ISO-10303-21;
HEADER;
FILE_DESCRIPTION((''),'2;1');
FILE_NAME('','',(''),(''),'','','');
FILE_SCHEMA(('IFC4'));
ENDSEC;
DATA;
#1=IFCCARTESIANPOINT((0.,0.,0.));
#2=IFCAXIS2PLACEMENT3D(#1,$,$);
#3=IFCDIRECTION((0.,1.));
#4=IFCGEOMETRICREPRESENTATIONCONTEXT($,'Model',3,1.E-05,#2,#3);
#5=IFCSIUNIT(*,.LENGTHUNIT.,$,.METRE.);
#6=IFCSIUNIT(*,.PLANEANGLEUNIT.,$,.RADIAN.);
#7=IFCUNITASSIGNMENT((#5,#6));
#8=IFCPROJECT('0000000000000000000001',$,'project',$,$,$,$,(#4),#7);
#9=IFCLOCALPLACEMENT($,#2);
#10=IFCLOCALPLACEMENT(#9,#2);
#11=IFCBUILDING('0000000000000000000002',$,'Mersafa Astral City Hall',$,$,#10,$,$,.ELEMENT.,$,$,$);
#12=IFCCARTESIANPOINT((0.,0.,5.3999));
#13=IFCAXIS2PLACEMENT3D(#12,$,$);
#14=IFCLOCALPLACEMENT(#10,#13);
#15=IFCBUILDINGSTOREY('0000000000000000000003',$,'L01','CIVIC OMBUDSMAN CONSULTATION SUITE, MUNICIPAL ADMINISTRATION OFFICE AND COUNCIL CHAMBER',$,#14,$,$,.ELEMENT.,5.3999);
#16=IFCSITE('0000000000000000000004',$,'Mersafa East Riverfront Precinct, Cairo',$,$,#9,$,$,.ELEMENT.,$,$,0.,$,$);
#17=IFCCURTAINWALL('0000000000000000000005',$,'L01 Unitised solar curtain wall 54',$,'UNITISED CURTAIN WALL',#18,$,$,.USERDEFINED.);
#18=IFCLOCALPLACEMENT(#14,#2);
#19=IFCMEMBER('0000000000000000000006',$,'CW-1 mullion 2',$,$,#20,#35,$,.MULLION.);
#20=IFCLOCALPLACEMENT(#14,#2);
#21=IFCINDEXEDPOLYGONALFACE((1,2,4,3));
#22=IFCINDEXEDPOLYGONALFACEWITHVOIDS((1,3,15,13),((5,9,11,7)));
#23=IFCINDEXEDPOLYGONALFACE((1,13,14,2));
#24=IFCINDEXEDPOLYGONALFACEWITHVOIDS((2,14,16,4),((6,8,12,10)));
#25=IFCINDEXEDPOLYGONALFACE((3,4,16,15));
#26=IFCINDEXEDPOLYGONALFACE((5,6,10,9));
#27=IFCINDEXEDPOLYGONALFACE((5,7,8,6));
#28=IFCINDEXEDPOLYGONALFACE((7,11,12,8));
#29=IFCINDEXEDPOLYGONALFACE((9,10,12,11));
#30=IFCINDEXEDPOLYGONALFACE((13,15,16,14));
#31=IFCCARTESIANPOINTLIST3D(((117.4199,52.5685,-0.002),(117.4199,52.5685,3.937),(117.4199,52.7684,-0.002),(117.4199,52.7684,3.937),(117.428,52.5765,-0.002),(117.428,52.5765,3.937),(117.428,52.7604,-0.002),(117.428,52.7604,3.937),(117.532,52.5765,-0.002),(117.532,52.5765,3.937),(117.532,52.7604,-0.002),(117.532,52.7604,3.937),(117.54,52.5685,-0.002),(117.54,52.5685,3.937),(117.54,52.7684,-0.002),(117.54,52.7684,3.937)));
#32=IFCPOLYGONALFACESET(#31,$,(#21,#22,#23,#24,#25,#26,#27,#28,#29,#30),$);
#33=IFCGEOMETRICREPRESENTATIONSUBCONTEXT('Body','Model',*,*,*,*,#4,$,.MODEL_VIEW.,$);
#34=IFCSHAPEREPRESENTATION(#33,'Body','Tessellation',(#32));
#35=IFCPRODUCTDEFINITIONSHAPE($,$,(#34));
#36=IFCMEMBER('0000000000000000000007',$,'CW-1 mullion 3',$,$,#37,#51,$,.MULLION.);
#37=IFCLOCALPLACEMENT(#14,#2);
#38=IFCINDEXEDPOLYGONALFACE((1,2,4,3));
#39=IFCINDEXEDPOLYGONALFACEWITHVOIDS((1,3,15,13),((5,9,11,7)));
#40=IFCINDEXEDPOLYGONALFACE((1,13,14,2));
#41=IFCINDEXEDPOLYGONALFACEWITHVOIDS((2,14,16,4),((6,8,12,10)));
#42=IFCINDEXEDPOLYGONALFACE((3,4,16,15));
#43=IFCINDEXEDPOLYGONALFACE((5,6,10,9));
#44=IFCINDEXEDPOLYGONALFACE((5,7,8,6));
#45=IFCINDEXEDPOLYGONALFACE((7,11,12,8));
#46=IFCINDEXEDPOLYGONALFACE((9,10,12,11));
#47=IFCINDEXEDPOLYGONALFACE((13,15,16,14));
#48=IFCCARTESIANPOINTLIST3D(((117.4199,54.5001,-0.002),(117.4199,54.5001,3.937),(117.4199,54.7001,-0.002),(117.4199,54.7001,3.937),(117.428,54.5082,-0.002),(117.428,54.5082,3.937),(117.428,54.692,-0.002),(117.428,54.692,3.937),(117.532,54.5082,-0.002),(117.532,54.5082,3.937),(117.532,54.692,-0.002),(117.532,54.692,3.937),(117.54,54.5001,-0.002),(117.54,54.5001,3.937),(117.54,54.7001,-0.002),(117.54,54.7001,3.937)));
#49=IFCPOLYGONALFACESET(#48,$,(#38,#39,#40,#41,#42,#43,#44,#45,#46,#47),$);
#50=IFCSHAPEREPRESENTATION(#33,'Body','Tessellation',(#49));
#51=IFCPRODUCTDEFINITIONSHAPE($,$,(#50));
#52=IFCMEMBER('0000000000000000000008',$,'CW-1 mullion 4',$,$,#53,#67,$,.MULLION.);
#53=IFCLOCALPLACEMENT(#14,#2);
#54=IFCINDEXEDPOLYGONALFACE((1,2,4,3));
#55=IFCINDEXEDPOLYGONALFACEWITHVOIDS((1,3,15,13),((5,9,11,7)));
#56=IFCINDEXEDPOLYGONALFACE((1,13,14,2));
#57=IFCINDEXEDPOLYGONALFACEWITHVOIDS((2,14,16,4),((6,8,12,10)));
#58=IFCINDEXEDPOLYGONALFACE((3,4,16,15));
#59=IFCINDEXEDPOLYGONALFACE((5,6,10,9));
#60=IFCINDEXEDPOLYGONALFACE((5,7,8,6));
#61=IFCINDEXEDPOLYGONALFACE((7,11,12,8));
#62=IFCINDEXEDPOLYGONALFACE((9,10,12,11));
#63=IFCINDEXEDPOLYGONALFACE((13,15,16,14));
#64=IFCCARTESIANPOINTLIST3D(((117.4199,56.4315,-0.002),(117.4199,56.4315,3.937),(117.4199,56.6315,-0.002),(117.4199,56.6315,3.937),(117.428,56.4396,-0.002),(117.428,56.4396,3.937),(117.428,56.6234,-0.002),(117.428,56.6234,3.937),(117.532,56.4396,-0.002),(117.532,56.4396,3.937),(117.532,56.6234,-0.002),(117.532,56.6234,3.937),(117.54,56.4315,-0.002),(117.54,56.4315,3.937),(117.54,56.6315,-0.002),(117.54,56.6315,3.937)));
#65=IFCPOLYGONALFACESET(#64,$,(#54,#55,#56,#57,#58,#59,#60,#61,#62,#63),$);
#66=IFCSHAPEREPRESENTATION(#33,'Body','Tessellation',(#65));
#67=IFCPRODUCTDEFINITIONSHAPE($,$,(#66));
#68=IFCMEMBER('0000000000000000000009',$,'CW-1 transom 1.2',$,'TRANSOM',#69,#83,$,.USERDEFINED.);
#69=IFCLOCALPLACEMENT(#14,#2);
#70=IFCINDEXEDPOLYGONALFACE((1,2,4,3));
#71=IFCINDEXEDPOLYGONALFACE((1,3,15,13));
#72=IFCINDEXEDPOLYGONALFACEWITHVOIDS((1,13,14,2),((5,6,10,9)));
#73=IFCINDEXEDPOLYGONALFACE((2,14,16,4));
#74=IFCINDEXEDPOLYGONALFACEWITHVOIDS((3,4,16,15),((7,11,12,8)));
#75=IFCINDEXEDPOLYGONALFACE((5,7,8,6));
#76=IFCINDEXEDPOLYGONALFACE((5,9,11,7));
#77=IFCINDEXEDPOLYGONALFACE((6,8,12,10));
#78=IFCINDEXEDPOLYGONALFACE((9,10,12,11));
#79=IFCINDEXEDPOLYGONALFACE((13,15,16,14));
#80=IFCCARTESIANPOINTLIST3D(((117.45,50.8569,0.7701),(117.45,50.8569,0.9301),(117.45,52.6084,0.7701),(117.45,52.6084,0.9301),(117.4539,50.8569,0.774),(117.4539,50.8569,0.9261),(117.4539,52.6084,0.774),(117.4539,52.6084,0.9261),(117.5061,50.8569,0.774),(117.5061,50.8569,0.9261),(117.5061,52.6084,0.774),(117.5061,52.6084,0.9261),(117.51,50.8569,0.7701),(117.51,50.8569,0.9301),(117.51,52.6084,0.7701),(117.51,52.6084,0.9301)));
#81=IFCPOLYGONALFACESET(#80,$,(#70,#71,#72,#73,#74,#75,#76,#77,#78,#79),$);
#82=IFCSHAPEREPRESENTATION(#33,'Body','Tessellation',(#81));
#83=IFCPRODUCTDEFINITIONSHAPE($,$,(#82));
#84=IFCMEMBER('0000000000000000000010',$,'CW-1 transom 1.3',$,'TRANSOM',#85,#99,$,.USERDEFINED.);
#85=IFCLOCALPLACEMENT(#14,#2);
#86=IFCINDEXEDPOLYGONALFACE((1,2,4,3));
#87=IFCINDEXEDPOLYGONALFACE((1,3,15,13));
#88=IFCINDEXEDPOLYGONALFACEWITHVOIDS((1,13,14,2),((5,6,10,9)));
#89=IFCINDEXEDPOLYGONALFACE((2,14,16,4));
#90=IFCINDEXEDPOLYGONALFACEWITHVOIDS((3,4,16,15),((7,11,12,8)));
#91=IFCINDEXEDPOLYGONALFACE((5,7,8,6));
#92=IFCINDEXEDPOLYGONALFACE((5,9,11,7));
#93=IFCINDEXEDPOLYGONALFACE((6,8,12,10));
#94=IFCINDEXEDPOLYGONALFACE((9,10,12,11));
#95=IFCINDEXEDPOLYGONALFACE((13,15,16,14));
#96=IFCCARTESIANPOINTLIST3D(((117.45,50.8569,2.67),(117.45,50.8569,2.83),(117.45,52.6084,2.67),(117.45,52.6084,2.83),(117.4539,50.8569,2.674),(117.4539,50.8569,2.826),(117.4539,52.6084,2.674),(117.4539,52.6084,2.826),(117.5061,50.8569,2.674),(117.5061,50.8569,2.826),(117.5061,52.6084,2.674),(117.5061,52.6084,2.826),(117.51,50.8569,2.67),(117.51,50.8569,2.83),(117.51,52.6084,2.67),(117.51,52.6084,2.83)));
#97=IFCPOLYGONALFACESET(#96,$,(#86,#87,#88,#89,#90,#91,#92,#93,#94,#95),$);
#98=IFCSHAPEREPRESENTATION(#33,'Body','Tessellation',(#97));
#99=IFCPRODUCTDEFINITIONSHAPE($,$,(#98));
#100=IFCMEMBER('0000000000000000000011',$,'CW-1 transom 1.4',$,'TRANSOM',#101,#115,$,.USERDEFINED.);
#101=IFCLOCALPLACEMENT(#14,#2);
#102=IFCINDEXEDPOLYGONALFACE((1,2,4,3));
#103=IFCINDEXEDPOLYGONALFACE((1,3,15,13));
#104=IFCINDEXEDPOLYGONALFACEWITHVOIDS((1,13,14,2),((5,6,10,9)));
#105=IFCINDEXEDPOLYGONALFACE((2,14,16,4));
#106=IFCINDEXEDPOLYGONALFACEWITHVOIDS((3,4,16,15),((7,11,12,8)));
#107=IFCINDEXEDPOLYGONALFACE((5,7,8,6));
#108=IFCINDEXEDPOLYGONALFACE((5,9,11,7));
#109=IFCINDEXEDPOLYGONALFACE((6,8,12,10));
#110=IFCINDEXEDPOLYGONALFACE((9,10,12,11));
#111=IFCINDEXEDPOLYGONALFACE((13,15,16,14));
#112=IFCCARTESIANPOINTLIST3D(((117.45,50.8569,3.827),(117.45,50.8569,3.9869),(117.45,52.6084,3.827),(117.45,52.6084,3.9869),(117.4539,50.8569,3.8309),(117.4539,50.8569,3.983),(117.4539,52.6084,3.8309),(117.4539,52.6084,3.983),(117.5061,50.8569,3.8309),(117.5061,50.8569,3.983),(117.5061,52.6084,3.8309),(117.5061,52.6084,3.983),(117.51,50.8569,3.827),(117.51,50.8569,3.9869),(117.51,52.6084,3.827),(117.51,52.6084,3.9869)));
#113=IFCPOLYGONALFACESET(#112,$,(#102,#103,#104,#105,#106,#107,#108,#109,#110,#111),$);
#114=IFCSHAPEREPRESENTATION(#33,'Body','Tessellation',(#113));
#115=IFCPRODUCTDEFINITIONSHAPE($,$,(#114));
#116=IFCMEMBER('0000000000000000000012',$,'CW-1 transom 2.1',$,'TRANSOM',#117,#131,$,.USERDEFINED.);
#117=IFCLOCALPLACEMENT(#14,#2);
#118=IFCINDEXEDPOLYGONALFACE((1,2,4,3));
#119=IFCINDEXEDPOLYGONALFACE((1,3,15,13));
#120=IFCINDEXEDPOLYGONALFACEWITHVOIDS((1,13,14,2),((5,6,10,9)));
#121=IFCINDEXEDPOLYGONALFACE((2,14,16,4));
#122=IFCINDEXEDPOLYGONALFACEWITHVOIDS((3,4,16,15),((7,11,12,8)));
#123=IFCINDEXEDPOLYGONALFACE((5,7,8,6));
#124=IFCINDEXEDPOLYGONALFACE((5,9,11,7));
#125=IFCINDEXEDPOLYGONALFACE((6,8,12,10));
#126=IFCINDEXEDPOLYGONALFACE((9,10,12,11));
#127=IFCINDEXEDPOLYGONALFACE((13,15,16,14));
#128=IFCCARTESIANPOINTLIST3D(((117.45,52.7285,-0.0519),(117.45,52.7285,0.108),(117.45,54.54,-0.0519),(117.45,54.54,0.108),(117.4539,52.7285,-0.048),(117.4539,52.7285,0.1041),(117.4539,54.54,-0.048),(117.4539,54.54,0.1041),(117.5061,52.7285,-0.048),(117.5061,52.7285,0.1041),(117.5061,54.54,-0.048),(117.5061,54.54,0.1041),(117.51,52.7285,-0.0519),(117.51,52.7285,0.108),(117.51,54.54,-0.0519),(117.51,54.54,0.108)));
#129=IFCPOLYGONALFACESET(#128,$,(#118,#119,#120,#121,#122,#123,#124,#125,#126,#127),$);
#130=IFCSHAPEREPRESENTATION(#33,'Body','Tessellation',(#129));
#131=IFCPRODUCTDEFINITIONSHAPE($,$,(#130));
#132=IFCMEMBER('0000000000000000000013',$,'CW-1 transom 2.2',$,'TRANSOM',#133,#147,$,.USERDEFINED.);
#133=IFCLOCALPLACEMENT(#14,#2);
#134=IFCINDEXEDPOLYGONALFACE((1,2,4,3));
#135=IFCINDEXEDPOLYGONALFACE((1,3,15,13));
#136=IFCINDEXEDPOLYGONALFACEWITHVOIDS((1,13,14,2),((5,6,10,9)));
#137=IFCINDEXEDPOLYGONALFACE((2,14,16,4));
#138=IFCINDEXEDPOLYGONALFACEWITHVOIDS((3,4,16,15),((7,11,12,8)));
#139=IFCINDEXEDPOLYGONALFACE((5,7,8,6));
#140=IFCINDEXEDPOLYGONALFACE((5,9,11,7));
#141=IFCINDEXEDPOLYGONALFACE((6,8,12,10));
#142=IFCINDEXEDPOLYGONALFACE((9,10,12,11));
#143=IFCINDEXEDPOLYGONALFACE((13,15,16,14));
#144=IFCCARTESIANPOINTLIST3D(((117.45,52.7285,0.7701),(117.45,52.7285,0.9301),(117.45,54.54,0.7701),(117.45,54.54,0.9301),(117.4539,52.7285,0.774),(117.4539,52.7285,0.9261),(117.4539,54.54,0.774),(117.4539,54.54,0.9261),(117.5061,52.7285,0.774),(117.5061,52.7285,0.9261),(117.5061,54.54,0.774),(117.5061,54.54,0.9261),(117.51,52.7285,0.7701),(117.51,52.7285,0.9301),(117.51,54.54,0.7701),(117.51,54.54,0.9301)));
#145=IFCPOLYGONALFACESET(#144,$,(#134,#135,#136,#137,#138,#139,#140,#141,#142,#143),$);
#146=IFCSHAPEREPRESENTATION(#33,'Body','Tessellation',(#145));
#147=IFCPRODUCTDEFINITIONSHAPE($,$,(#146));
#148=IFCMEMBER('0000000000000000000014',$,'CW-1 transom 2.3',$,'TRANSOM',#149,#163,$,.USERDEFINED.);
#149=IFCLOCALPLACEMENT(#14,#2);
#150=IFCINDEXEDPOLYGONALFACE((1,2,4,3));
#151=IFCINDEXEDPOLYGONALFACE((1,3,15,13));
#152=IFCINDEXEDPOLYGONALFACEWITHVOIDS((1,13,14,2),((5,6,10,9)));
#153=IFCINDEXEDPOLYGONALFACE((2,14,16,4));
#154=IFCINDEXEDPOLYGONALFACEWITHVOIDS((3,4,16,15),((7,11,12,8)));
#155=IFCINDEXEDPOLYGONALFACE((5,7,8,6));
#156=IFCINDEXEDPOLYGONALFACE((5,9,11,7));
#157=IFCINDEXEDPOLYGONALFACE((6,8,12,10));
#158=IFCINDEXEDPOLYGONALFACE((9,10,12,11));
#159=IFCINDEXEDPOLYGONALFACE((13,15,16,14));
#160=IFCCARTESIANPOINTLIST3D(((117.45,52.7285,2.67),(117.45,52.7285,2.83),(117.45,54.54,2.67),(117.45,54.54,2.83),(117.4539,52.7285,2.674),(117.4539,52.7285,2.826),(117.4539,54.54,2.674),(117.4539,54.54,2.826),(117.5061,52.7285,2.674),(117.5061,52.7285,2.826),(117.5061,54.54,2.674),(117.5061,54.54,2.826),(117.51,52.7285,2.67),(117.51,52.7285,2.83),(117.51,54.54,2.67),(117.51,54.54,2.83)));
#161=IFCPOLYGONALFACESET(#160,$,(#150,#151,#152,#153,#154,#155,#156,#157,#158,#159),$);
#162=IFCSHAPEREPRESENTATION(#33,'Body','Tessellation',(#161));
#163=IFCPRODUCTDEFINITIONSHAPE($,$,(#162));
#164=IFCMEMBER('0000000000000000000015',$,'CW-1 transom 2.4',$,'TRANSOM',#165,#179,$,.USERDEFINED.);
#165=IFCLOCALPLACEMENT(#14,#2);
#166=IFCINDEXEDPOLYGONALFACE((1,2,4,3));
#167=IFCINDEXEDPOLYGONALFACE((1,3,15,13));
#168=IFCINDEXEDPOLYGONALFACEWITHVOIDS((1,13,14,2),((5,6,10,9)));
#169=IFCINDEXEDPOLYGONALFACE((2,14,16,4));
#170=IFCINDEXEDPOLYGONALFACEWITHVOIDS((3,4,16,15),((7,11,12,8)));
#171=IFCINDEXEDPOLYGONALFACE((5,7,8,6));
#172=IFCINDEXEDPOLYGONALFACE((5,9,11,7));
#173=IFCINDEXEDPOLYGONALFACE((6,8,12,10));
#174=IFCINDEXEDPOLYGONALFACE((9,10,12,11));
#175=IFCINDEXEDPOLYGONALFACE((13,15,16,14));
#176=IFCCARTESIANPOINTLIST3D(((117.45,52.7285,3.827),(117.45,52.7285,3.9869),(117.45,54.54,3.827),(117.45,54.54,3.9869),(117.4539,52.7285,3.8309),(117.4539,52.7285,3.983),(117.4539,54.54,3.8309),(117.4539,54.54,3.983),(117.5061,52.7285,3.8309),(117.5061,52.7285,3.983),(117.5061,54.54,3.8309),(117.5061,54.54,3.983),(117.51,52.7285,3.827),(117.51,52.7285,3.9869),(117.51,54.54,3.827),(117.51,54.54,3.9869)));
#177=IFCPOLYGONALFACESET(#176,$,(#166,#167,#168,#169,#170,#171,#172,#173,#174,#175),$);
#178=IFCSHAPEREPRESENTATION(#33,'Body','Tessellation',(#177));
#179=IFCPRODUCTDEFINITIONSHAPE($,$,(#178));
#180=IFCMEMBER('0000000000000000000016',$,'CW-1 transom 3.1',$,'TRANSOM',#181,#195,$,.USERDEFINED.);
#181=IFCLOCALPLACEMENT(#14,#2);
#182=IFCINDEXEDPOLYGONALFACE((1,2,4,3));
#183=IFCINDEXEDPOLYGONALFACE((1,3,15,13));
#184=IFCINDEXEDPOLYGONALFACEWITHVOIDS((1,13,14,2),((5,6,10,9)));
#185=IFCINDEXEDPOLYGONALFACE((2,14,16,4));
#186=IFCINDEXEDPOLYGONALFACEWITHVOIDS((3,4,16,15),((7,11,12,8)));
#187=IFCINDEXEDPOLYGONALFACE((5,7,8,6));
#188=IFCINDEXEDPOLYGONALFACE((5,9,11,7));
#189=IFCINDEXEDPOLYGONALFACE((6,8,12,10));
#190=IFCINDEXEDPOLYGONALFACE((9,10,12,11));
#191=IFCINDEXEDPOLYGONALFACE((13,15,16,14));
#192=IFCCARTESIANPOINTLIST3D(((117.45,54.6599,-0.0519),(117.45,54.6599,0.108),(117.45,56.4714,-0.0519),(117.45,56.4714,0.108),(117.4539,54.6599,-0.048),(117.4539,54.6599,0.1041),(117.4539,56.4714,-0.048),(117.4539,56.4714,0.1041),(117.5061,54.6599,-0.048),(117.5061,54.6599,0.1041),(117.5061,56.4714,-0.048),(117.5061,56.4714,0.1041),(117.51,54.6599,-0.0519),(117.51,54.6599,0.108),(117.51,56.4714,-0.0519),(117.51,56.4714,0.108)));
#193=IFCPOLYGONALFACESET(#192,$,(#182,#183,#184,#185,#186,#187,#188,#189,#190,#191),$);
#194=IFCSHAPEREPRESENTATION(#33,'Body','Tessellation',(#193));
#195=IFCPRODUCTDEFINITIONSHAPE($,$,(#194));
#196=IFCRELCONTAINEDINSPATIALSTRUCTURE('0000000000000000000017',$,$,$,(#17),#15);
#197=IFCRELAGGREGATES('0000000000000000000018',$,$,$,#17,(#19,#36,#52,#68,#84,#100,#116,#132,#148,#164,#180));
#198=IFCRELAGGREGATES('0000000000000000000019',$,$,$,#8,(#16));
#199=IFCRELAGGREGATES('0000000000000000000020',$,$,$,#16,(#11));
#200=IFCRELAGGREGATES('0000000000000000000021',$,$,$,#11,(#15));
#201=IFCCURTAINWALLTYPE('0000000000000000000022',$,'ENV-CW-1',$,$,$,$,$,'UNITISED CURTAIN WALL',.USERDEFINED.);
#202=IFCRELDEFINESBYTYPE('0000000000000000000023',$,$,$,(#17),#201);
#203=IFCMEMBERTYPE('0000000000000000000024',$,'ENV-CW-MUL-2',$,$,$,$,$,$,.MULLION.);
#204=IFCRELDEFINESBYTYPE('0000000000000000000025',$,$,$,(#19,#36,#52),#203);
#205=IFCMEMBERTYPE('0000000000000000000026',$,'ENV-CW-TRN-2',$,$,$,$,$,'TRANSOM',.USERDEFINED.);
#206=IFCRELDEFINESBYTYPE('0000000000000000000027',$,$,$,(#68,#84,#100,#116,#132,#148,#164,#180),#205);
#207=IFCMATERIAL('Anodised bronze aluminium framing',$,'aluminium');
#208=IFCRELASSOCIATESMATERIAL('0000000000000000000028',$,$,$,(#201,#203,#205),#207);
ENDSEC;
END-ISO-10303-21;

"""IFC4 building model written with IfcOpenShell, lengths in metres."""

from ifc_helpers import new_model, si_unit, direction, frame, origin, origin_2d, place, context, subcontext, project, spatial, hollow_rectangle, extrude, material, material_profile, profile_set, type_object, element, aggregate, save


model = new_model("IFC4")

# Units and contexts
model_context = context("Model", 3, precision=1e-05, world=origin(), true_north=direction((0.0, 1.0)))
body_context = subcontext(model_context, "Body", "Model", "MODEL_VIEW")
ifc_project = project(units=[si_unit("LENGTHUNIT", "METRE"), si_unit("PLANEANGLEUNIT", "RADIAN")], contexts=[model_context])

# Site, building, storey
site_placement = place(None, origin())
site = spatial("IfcSite", under=ifc_project, at=site_placement, Name="Mersafa East Riverfront Precinct, Cairo", CompositionType="ELEMENT", RefElevation=0.0)
building_placement = place(site_placement, origin())
building = spatial("IfcBuilding", under=site, at=building_placement, Name="Mersafa Astral City Hall", CompositionType="ELEMENT")
storey_placement = place(building_placement, frame((0.0, 0.0, 5.3999)))
storey = spatial("IfcBuildingStorey", under=building, at=storey_placement, Name="L01", Description="CIVIC OMBUDSMAN CONSULTATION SUITE, MUNICIPAL ADMINISTRATION OFFICE AND COUNCIL CHAMBER", CompositionType="ELEMENT", Elevation=5.3999)

# Curtain wall, members
ifc_material_1 = material(Name="Anodised bronze aluminium framing", Category="aluminium")
curtain_wall_type = type_object("IfcCurtainWallType", Name="ENV-CW-1", ElementType="UNITISED CURTAIN WALL", PredefinedType="USERDEFINED", material=ifc_material_1)
curtain_wall_placement = place(storey_placement, origin())
curtain_wall = element("IfcCurtainWall", 1, at=curtain_wall_placement, inside=storey, type_object=curtain_wall_type, Name="L01 Unitised solar curtain wall 54", ObjectType="UNITISED CURTAIN WALL", PredefinedType="USERDEFINED")
ifc_material_profile_1 = material_profile(ifc_material_1, hollow_rectangle(XDim=0.1201, YDim=0.2, WallThickness=0.0081, at=origin_2d()), Name="RHS 120x200x8")
ifc_profile_set_1 = profile_set([ifc_material_profile_1], Name="Anodised bronze aluminium framing")
member_type_1 = type_object("IfcMemberType", Name="ENV-CW-MUL-2", PredefinedType="MULLION", material=ifc_profile_set_1)
member_1_placement = place(storey_placement, frame((117.48, 52.6685, -0.002), z_axis=(0.0, 0.0, 1.0), x_axis=(-1.0, 0.0, 0.0)))
member_1 = element("IfcMember", 2, at=member_1_placement, type_object=member_type_1, Name="CW-1 mullion 2", PredefinedType="MULLION", context=body_context, shape_type="SweptSolid", body=[
    extrude(hollow_rectangle(XDim=0.1201, YDim=0.2, WallThickness=0.0081, at=origin_2d()), origin(), (0.0, 0.0, 1.0), 3.939),
])
member_2_placement = place(storey_placement, frame((117.48, 54.6001, -0.002), z_axis=(0.0, 0.0, 1.0), x_axis=(-1.0, 0.0, 0.0)))
member_2 = element("IfcMember", 3, at=member_2_placement, type_object=member_type_1, Name="CW-1 mullion 3", PredefinedType="MULLION", context=body_context, shape_type="SweptSolid", body=[
    extrude(hollow_rectangle(XDim=0.1201, YDim=0.2, WallThickness=0.0081, at=origin_2d()), origin(), (0.0, 0.0, 1.0), 3.939),
])
member_3_placement = place(storey_placement, frame((117.48, 56.5315, -0.002), z_axis=(0.0, 0.0, 1.0), x_axis=(-1.0, 0.0, 0.0)))
member_3 = element("IfcMember", 4, at=member_3_placement, type_object=member_type_1, Name="CW-1 mullion 4", PredefinedType="MULLION", context=body_context, shape_type="SweptSolid", body=[
    extrude(hollow_rectangle(XDim=0.1201, YDim=0.2, WallThickness=0.0081, at=origin_2d()), origin(), (0.0, 0.0, 1.0), 3.939),
])
ifc_material_profile_2 = material_profile(ifc_material_1, hollow_rectangle(XDim=0.0601, YDim=0.1599, WallThickness=0.0039, at=origin_2d()), Name="RHS 60x160x4")
ifc_profile_set_2 = profile_set([ifc_material_profile_2], Name="Anodised bronze aluminium framing")
member_type_2 = type_object("IfcMemberType", Name="ENV-CW-TRN-2", ElementType="TRANSOM", PredefinedType="USERDEFINED", material=ifc_profile_set_2)
member_4_placement = place(storey_placement, frame((117.48, 50.8569, 0.8501), z_axis=(0.0, 1.0, 0.0), x_axis=(-1.0, 0.0, 0.0)))
member_4 = element("IfcMember", 5, at=member_4_placement, type_object=member_type_2, Name="CW-1 transom 1.2", ObjectType="TRANSOM", PredefinedType="USERDEFINED", context=body_context, shape_type="SweptSolid", body=[
    extrude(hollow_rectangle(XDim=0.0601, YDim=0.1599, WallThickness=0.0039, at=origin_2d()), origin(), (0.0, 0.0, 1.0), 1.7515),
])
member_5_placement = place(storey_placement, frame((117.48, 50.8569, 2.75), z_axis=(0.0, 1.0, 0.0), x_axis=(-1.0, 0.0, 0.0)))
member_5 = element("IfcMember", 6, at=member_5_placement, type_object=member_type_2, Name="CW-1 transom 1.3", ObjectType="TRANSOM", PredefinedType="USERDEFINED", context=body_context, shape_type="SweptSolid", body=[
    extrude(hollow_rectangle(XDim=0.0601, YDim=0.1599, WallThickness=0.0039, at=origin_2d()), origin(), (0.0, 0.0, 1.0), 1.7515),
])
member_6_placement = place(storey_placement, frame((117.48, 50.8569, 3.907), z_axis=(0.0, 1.0, 0.0), x_axis=(-1.0, 0.0, 0.0)))
member_6 = element("IfcMember", 7, at=member_6_placement, type_object=member_type_2, Name="CW-1 transom 1.4", ObjectType="TRANSOM", PredefinedType="USERDEFINED", context=body_context, shape_type="SweptSolid", body=[
    extrude(hollow_rectangle(XDim=0.0601, YDim=0.1599, WallThickness=0.0039, at=origin_2d()), origin(), (0.0, 0.0, 1.0), 1.7515),
])
member_7_placement = place(storey_placement, frame((117.48, 52.7285, 0.0281), z_axis=(0.0, 1.0, 0.0), x_axis=(-1.0, 0.0, 0.0)))
member_7 = element("IfcMember", 8, at=member_7_placement, type_object=member_type_2, Name="CW-1 transom 2.1", ObjectType="TRANSOM", PredefinedType="USERDEFINED", context=body_context, shape_type="SweptSolid", body=[
    extrude(hollow_rectangle(XDim=0.0601, YDim=0.1599, WallThickness=0.0039, at=origin_2d()), origin(), (0.0, 0.0, 1.0), 1.8115),
])
member_8_placement = place(storey_placement, frame((117.48, 52.7285, 0.8501), z_axis=(0.0, 1.0, 0.0), x_axis=(-1.0, 0.0, 0.0)))
member_8 = element("IfcMember", 9, at=member_8_placement, type_object=member_type_2, Name="CW-1 transom 2.2", ObjectType="TRANSOM", PredefinedType="USERDEFINED", context=body_context, shape_type="SweptSolid", body=[
    extrude(hollow_rectangle(XDim=0.0601, YDim=0.1599, WallThickness=0.0039, at=origin_2d()), origin(), (0.0, 0.0, 1.0), 1.8115),
])
member_9_placement = place(storey_placement, frame((117.48, 52.7285, 2.75), z_axis=(0.0, 1.0, 0.0), x_axis=(-1.0, 0.0, 0.0)))
member_9 = element("IfcMember", 10, at=member_9_placement, type_object=member_type_2, Name="CW-1 transom 2.3", ObjectType="TRANSOM", PredefinedType="USERDEFINED", context=body_context, shape_type="SweptSolid", body=[
    extrude(hollow_rectangle(XDim=0.0601, YDim=0.1599, WallThickness=0.0039, at=origin_2d()), origin(), (0.0, 0.0, 1.0), 1.8115),
])
member_10_placement = place(storey_placement, frame((117.48, 52.7285, 3.907), z_axis=(0.0, 1.0, 0.0), x_axis=(-1.0, 0.0, 0.0)))
member_10 = element("IfcMember", 11, at=member_10_placement, type_object=member_type_2, Name="CW-1 transom 2.4", ObjectType="TRANSOM", PredefinedType="USERDEFINED", context=body_context, shape_type="SweptSolid", body=[
    extrude(hollow_rectangle(XDim=0.0601, YDim=0.1599, WallThickness=0.0039, at=origin_2d()), origin(), (0.0, 0.0, 1.0), 1.8115),
])
member_11_placement = place(storey_placement, frame((117.48, 54.6599, 0.0281), z_axis=(0.0, 1.0, 0.0), x_axis=(-1.0, 0.0, 0.0)))
member_11 = element("IfcMember", 12, at=member_11_placement, type_object=member_type_2, Name="CW-1 transom 3.1", ObjectType="TRANSOM", PredefinedType="USERDEFINED", context=body_context, shape_type="SweptSolid", body=[
    extrude(hollow_rectangle(XDim=0.0601, YDim=0.1599, WallThickness=0.0039, at=origin_2d()), origin(), (0.0, 0.0, 1.0), 1.8115),
])
aggregate(curtain_wall, [member_1, member_2, member_3, member_4, member_5, member_6, member_7, member_8, member_9, member_10, member_11])

save(model, "model.ifc")
